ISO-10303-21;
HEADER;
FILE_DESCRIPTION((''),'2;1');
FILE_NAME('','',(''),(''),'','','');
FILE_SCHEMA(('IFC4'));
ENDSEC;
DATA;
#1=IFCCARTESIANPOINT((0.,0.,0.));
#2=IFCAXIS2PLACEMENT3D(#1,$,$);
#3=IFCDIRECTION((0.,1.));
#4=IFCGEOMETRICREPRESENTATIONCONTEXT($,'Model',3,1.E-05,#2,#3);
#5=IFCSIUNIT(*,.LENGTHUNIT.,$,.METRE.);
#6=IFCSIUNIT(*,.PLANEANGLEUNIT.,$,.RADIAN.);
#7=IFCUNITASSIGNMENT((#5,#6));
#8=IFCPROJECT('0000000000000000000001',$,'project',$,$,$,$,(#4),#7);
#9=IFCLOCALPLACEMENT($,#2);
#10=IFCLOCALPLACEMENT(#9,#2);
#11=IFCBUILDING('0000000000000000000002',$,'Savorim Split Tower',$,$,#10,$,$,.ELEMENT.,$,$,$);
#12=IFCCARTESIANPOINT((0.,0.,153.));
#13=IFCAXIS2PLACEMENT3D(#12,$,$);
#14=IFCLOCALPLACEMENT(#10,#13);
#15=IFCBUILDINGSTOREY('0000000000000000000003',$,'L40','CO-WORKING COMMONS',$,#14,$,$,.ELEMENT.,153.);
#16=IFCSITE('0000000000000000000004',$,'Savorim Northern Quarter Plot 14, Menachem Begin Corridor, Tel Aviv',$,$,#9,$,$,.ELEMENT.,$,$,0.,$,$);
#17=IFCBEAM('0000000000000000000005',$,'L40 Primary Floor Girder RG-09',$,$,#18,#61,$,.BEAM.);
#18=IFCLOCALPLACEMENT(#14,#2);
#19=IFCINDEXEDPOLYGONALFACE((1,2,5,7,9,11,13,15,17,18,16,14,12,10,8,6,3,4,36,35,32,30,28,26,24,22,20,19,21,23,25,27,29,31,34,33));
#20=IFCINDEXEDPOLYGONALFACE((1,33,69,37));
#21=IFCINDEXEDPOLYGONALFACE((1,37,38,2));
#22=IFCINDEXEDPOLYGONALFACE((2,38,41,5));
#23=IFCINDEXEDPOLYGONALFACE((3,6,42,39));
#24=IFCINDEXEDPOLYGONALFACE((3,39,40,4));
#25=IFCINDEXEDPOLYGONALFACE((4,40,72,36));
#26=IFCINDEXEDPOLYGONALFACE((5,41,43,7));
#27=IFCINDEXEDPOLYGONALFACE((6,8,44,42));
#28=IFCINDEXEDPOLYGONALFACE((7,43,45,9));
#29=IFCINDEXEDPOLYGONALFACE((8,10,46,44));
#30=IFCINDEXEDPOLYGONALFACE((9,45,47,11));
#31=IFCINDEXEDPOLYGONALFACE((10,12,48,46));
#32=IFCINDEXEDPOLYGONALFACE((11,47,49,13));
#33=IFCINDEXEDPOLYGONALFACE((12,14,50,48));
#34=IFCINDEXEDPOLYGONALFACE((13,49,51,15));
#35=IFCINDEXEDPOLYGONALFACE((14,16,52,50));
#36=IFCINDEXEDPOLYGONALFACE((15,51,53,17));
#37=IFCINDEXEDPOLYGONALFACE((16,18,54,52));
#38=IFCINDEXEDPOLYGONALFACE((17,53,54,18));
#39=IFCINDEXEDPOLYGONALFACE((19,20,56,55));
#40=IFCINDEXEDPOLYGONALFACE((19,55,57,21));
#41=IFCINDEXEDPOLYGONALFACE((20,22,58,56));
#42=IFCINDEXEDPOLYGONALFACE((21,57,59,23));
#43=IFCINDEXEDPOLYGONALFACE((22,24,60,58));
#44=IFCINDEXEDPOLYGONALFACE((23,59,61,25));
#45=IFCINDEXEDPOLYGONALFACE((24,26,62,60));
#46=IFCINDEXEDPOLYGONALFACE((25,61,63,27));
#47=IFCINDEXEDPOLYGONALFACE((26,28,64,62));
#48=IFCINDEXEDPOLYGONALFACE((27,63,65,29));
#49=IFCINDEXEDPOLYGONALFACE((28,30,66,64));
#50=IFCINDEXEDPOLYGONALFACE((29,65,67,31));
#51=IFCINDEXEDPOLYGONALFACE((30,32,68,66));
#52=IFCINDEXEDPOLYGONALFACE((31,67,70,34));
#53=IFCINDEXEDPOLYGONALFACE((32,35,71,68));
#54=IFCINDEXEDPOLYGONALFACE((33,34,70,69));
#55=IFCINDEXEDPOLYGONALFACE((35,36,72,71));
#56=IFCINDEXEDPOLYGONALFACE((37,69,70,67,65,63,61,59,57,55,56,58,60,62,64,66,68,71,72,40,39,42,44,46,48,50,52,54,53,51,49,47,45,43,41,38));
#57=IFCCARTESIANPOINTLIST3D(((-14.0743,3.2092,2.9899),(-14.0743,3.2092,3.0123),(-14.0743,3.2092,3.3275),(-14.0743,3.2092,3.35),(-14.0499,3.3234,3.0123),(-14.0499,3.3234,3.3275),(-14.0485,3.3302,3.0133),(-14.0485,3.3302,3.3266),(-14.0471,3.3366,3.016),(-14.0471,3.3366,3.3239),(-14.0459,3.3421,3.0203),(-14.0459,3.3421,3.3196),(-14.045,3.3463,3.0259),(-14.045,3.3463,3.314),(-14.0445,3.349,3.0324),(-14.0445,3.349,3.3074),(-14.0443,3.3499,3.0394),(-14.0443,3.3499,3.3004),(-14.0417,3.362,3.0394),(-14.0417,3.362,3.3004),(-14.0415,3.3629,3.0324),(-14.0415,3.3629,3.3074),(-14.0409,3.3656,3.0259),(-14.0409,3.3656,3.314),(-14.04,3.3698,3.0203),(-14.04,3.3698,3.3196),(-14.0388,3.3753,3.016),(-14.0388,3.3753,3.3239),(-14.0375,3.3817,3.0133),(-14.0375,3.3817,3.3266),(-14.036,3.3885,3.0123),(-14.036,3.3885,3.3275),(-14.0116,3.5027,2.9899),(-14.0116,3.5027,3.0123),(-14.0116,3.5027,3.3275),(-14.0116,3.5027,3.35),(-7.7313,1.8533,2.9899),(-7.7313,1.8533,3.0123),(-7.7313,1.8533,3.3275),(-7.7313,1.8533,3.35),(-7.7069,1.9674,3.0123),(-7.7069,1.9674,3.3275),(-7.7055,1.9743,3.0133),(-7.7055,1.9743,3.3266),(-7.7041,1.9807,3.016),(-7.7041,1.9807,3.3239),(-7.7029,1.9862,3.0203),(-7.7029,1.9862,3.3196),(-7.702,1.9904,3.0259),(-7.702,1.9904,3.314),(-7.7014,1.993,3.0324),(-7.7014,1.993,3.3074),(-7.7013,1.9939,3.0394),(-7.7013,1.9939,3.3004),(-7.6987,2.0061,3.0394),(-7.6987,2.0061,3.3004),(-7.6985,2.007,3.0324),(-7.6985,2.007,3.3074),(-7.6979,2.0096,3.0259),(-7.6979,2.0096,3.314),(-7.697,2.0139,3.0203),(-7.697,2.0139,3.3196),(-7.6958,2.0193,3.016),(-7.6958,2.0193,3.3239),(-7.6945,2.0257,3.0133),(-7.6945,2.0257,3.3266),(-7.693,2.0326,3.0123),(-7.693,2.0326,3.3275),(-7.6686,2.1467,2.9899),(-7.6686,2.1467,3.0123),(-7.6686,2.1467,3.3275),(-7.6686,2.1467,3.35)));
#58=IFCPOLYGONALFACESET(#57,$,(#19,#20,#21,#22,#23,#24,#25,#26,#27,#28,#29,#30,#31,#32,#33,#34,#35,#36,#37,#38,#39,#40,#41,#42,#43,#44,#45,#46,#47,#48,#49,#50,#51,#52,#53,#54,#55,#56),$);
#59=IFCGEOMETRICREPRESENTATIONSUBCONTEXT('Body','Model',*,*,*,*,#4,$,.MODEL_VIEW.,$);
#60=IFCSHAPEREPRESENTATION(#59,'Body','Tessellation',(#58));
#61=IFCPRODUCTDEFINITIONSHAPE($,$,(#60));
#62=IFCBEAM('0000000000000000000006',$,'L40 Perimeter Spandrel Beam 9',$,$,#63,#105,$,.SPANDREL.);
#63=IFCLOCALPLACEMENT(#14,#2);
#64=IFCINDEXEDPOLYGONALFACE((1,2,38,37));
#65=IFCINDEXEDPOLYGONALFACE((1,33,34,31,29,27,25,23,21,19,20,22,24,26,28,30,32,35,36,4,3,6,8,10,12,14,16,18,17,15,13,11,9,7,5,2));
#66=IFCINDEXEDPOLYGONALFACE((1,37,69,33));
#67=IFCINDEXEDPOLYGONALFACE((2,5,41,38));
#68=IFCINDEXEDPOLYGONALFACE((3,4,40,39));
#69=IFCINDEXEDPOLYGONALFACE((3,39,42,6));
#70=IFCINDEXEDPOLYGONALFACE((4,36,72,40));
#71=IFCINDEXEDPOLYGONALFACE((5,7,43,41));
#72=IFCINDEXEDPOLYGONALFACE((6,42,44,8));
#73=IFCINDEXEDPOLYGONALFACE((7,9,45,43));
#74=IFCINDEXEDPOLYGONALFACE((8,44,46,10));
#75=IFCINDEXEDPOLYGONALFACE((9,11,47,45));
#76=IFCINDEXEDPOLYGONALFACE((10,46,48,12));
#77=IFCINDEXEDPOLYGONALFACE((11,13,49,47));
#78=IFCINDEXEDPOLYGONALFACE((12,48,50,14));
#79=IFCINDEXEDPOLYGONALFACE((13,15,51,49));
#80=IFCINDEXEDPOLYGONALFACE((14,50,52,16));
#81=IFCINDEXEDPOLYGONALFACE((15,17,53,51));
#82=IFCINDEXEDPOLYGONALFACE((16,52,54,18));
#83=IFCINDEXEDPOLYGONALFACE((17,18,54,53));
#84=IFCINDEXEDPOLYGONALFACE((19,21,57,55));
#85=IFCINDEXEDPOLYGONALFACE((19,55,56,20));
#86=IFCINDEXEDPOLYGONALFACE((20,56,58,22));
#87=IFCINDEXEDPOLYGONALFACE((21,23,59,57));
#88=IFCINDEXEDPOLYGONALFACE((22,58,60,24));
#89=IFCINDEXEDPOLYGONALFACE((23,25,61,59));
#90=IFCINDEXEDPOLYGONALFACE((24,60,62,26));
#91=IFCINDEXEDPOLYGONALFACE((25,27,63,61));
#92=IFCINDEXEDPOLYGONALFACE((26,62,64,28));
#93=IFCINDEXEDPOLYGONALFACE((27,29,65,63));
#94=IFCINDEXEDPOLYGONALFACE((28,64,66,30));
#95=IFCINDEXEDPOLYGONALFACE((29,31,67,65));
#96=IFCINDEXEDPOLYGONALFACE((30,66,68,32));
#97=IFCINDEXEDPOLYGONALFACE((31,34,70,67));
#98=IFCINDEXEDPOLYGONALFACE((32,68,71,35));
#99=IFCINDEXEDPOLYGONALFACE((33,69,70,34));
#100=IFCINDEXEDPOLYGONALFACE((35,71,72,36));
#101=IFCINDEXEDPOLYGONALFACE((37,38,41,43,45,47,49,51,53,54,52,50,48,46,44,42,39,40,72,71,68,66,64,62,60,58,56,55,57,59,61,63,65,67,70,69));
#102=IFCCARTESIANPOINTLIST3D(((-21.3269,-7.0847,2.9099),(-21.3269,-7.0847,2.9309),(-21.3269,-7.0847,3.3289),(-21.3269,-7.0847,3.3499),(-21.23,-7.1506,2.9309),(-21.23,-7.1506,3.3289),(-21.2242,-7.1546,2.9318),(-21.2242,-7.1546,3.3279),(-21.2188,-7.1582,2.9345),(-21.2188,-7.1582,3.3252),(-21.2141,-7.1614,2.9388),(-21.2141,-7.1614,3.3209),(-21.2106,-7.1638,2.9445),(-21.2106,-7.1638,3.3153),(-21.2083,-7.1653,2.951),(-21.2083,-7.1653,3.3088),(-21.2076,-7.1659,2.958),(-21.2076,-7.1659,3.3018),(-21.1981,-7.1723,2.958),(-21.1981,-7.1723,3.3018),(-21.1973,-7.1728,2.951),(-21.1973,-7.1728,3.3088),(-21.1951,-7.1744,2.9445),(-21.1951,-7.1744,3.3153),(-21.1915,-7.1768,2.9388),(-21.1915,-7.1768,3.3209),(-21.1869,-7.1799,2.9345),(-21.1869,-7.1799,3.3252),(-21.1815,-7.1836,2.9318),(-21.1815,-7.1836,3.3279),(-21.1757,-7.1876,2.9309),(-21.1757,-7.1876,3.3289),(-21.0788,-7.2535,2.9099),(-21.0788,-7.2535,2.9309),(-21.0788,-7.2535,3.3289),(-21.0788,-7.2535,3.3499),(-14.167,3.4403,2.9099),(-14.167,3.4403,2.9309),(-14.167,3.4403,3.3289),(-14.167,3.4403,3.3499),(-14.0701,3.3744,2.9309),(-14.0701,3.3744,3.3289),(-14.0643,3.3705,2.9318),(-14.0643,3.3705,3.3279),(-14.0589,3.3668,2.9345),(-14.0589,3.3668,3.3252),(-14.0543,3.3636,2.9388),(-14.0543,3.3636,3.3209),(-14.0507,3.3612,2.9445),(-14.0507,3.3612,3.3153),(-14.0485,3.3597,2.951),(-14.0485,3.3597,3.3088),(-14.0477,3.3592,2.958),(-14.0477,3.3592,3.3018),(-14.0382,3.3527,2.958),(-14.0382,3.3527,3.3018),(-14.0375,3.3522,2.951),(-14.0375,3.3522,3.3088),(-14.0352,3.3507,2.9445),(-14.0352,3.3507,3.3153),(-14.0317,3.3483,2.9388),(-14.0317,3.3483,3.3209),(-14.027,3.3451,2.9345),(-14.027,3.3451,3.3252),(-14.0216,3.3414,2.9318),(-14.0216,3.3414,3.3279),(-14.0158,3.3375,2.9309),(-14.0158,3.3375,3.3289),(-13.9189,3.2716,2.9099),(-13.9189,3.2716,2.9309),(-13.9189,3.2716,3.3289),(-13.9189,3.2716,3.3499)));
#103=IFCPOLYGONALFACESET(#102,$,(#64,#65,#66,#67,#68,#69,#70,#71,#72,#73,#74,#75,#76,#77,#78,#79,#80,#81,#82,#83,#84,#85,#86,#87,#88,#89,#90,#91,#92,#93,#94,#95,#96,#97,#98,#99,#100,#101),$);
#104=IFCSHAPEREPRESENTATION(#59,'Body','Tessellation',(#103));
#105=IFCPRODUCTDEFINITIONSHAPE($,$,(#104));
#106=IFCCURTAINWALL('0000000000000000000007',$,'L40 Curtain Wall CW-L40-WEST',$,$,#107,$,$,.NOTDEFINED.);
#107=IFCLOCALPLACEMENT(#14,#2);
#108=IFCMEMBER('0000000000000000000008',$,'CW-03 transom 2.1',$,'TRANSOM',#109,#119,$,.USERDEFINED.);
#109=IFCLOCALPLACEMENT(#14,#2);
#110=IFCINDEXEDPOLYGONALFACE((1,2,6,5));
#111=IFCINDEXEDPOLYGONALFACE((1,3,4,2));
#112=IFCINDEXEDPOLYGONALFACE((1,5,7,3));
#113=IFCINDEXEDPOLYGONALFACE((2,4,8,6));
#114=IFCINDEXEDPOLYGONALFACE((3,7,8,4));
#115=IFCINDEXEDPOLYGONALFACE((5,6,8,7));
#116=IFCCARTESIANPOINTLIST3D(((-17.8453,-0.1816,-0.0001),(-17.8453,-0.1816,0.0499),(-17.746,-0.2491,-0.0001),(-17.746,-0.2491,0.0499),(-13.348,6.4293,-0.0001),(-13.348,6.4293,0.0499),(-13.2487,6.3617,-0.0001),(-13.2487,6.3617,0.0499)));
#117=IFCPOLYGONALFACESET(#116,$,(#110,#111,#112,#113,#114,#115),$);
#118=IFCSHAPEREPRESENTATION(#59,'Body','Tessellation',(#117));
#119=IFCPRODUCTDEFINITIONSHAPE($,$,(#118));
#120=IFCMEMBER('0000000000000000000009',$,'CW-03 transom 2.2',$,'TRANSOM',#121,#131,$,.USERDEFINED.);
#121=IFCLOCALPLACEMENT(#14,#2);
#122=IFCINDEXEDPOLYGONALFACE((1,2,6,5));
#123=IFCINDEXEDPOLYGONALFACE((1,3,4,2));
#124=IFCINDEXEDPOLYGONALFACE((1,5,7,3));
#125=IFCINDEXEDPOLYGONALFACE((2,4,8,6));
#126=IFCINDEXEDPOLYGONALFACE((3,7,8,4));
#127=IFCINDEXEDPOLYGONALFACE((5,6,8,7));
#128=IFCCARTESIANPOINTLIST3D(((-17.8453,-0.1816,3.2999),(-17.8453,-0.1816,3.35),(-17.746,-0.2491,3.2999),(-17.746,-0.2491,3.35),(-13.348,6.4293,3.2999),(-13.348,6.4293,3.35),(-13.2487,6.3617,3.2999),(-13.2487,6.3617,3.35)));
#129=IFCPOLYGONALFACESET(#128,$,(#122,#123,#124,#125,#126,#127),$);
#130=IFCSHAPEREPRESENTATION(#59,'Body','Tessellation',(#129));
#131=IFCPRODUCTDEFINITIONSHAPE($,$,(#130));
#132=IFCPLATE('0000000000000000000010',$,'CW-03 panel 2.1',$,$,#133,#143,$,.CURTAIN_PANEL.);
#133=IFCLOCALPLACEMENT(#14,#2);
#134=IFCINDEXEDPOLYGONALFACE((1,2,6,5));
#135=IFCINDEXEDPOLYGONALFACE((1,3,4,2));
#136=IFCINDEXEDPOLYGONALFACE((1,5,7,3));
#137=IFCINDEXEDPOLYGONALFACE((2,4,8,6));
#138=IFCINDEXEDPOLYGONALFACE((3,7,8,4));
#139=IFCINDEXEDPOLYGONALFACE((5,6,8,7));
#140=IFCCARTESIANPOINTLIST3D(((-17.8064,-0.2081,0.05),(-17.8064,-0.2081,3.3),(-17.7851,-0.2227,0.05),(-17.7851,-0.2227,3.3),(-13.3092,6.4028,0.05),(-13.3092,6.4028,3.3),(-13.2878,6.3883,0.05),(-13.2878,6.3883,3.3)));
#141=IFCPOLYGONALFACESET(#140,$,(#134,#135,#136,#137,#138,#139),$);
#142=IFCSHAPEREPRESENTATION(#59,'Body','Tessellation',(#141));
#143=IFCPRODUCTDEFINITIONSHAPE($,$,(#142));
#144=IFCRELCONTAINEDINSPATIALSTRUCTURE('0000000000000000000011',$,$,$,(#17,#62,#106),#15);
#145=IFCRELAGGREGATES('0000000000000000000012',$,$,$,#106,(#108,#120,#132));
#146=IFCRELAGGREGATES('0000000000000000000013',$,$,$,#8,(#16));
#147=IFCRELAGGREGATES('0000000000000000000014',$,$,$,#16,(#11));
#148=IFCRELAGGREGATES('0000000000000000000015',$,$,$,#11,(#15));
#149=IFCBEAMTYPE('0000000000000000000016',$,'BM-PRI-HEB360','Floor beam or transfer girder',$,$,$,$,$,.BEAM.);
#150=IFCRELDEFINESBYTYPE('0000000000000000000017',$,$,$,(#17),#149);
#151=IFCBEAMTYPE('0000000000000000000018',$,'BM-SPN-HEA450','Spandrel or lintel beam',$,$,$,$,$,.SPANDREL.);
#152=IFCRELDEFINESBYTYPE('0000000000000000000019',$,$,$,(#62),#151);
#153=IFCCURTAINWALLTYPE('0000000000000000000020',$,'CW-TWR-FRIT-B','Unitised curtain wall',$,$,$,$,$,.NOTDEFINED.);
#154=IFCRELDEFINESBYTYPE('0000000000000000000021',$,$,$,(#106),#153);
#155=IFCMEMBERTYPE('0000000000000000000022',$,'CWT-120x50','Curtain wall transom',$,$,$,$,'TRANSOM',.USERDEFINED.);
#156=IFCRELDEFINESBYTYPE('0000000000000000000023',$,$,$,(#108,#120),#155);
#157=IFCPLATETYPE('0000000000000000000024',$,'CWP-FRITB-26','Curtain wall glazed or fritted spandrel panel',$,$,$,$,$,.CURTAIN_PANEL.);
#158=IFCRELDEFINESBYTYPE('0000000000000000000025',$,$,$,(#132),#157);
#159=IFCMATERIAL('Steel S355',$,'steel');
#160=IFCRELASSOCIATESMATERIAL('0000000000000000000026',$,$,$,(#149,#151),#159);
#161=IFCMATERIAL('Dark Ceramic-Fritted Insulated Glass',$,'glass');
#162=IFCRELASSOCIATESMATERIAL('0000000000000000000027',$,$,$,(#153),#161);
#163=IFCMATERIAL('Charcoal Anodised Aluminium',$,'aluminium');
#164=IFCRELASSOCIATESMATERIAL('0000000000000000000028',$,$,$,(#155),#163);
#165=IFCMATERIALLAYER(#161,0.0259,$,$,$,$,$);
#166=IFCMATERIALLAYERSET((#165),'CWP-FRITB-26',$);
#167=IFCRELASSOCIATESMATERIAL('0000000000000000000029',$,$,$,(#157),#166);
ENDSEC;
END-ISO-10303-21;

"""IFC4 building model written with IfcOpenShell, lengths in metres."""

from ifc_helpers import new_model, si_unit, direction, frame, origin, origin_2d, place, context, subcontext, project, spatial, rectangle, i_section, extrude, material, layer, layer_set, material_profile, profile_set, type_object, element, aggregate, save


model = new_model("IFC4")

# Units and contexts
model_context = context("Model", 3, precision=1e-05, world=origin(), true_north=direction((0.0, 1.0)))
body_context = subcontext(model_context, "Body", "Model", "MODEL_VIEW")
ifc_project = project(units=[si_unit("LENGTHUNIT", "METRE"), si_unit("PLANEANGLEUNIT", "RADIAN")], contexts=[model_context])

# Site, building, storey
site_placement = place(None, origin())
site = spatial("IfcSite", under=ifc_project, at=site_placement, Name="Savorim Northern Quarter Plot 14, Menachem Begin Corridor, Tel Aviv", CompositionType="ELEMENT", RefElevation=0.0)
building_placement = place(site_placement, origin())
building = spatial("IfcBuilding", under=site, at=building_placement, Name="Savorim Split Tower", CompositionType="ELEMENT")
storey_placement = place(building_placement, frame((0.0, 0.0, 153.0)))
storey = spatial("IfcBuildingStorey", under=building, at=storey_placement, Name="L40", Description="CO-WORKING COMMONS", CompositionType="ELEMENT", Elevation=153.0)

# Beams
ifc_material_1 = material(Name="Steel S355", Category="steel")
ifc_material_profile_1 = material_profile(ifc_material_1, i_section(OverallWidth=0.3, OverallDepth=0.3601, WebThickness=0.0125, FlangeThickness=0.0225, FilletRadius=0.0271, at=origin_2d()), Name="HEB 360")
ifc_profile_set_1 = profile_set([ifc_material_profile_1], Name="Steel S355")
beam_type_1 = type_object("IfcBeamType", Name="BM-PRI-HEB360", Description="Floor beam or transfer girder", PredefinedType="BEAM", material=ifc_profile_set_1)
beam_1_placement = place(storey_placement, frame((-14.043, 3.356, 3.1699), z_axis=(0.977905, -0.209048, 0.0), x_axis=(0.209048, 0.977905, 0.0)))
element("IfcBeam", 1, at=beam_1_placement, inside=storey, type_object=beam_type_1, Name="L40 Primary Floor Girder RG-09", PredefinedType="BEAM", context=body_context, shape_type="SweptSolid", body=[
    extrude(i_section(OverallWidth=0.3, OverallDepth=0.3601, WebThickness=0.0125, FlangeThickness=0.0225, FilletRadius=0.0271, at=origin_2d()), origin(), (0.0, 0.0, 1.0), 6.4863),
])
ifc_material_profile_2 = material_profile(ifc_material_1, i_section(OverallWidth=0.3, OverallDepth=0.4399, WebThickness=0.0115, FlangeThickness=0.021, FilletRadius=0.0271, at=origin_2d()), Name="HEA 450")
ifc_profile_set_2 = profile_set([ifc_material_profile_2], Name="Steel S355")
beam_type_2 = type_object("IfcBeamType", Name="BM-SPN-HEA450", Description="Spandrel or lintel beam", PredefinedType="SPANDREL", material=ifc_profile_set_2)
beam_2_placement = place(storey_placement, frame((-14.043, 3.356, 3.1299), z_axis=(-0.562461, -0.826824, 0.0), x_axis=(0.826824, -0.562461, 0.0)))
element("IfcBeam", 2, at=beam_2_placement, inside=storey, type_object=beam_type_2, Name="L40 Perimeter Spandrel Beam 9", PredefinedType="SPANDREL", context=body_context, shape_type="SweptSolid", body=[
    extrude(i_section(OverallWidth=0.3, OverallDepth=0.4399, WebThickness=0.0115, FlangeThickness=0.021, FilletRadius=0.0271, at=origin_2d()), origin(), (0.0, 0.0, 1.0), 12.7295),
])

# Curtain wall, members, plate
ifc_material_2 = material(Name="Dark Ceramic-Fritted Insulated Glass", Category="glass")
curtain_wall_type = type_object("IfcCurtainWallType", Name="CW-TWR-FRIT-B", Description="Unitised curtain wall", PredefinedType="NOTDEFINED", material=ifc_material_2)
curtain_wall_placement = place(storey_placement, origin())
curtain_wall = element("IfcCurtainWall", 3, at=curtain_wall_placement, inside=storey, type_object=curtain_wall_type, Name="L40 Curtain Wall CW-L40-WEST", PredefinedType="NOTDEFINED")
ifc_material_3 = material(Name="Charcoal Anodised Aluminium", Category="aluminium")
ifc_material_profile_3 = material_profile(ifc_material_3, rectangle(XDim=0.1201, YDim=0.05, at=origin_2d()), Name="ALU-T 120x50")
ifc_profile_set_3 = profile_set([ifc_material_profile_3], Name="Charcoal Anodised Aluminium")
member_type = type_object("IfcMemberType", Name="CWT-120x50", Description="Curtain wall transom", ElementType="TRANSOM", PredefinedType="USERDEFINED", material=ifc_profile_set_3)
member_1_placement = place(storey_placement, frame((-13.2983, 6.3955, 0.0249), z_axis=(-0.562476, -0.826813, 0.0), x_axis=(0.826813, -0.562476, 0.0)))
member_1 = element("IfcMember", 4, at=member_1_placement, type_object=member_type, Name="CW-03 transom 2.1", ObjectType="TRANSOM", PredefinedType="USERDEFINED", context=body_context, shape_type="SweptSolid", body=[
    extrude(rectangle(XDim=0.1201, YDim=0.05, at=origin_2d()), origin(), (0.0, 0.0, 1.0), 7.9956),
])
member_2_placement = place(storey_placement, frame((-13.2983, 6.3955, 3.325), z_axis=(-0.562476, -0.826813, 0.0), x_axis=(0.826813, -0.562476, 0.0)))
member_2 = element("IfcMember", 5, at=member_2_placement, type_object=member_type, Name="CW-03 transom 2.2", ObjectType="TRANSOM", PredefinedType="USERDEFINED", context=body_context, shape_type="SweptSolid", body=[
    extrude(rectangle(XDim=0.1201, YDim=0.05, at=origin_2d()), origin(), (0.0, 0.0, 1.0), 7.9956),
])
ifc_layer_1 = layer(ifc_material_2, 0.0259)
ifc_layer_set_1 = layer_set([ifc_layer_1], Name="CWP-FRITB-26")
plate_type = type_object("IfcPlateType", Name="CWP-FRITB-26", Description="Curtain wall glazed or fritted spandrel panel", PredefinedType="CURTAIN_PANEL", material=ifc_layer_set_1)
plate_placement = place(storey_placement, frame((-15.5471, 3.0901, 0.05), z_axis=(0.0, 0.0, 1.0), x_axis=(-0.562466, -0.82682, 0.0)))
plate = element("IfcPlate", 6, at=plate_placement, type_object=plate_type, Name="CW-03 panel 2.1", PredefinedType="CURTAIN_PANEL", context=body_context, shape_type="SweptSolid", body=[
    extrude(rectangle(XDim=7.9956, YDim=0.0259, at=origin_2d()), origin(), (0.0, 0.0, 1.0), 3.25),
])
aggregate(curtain_wall, [member_1, member_2, plate])

save(model, "model.ifc")
